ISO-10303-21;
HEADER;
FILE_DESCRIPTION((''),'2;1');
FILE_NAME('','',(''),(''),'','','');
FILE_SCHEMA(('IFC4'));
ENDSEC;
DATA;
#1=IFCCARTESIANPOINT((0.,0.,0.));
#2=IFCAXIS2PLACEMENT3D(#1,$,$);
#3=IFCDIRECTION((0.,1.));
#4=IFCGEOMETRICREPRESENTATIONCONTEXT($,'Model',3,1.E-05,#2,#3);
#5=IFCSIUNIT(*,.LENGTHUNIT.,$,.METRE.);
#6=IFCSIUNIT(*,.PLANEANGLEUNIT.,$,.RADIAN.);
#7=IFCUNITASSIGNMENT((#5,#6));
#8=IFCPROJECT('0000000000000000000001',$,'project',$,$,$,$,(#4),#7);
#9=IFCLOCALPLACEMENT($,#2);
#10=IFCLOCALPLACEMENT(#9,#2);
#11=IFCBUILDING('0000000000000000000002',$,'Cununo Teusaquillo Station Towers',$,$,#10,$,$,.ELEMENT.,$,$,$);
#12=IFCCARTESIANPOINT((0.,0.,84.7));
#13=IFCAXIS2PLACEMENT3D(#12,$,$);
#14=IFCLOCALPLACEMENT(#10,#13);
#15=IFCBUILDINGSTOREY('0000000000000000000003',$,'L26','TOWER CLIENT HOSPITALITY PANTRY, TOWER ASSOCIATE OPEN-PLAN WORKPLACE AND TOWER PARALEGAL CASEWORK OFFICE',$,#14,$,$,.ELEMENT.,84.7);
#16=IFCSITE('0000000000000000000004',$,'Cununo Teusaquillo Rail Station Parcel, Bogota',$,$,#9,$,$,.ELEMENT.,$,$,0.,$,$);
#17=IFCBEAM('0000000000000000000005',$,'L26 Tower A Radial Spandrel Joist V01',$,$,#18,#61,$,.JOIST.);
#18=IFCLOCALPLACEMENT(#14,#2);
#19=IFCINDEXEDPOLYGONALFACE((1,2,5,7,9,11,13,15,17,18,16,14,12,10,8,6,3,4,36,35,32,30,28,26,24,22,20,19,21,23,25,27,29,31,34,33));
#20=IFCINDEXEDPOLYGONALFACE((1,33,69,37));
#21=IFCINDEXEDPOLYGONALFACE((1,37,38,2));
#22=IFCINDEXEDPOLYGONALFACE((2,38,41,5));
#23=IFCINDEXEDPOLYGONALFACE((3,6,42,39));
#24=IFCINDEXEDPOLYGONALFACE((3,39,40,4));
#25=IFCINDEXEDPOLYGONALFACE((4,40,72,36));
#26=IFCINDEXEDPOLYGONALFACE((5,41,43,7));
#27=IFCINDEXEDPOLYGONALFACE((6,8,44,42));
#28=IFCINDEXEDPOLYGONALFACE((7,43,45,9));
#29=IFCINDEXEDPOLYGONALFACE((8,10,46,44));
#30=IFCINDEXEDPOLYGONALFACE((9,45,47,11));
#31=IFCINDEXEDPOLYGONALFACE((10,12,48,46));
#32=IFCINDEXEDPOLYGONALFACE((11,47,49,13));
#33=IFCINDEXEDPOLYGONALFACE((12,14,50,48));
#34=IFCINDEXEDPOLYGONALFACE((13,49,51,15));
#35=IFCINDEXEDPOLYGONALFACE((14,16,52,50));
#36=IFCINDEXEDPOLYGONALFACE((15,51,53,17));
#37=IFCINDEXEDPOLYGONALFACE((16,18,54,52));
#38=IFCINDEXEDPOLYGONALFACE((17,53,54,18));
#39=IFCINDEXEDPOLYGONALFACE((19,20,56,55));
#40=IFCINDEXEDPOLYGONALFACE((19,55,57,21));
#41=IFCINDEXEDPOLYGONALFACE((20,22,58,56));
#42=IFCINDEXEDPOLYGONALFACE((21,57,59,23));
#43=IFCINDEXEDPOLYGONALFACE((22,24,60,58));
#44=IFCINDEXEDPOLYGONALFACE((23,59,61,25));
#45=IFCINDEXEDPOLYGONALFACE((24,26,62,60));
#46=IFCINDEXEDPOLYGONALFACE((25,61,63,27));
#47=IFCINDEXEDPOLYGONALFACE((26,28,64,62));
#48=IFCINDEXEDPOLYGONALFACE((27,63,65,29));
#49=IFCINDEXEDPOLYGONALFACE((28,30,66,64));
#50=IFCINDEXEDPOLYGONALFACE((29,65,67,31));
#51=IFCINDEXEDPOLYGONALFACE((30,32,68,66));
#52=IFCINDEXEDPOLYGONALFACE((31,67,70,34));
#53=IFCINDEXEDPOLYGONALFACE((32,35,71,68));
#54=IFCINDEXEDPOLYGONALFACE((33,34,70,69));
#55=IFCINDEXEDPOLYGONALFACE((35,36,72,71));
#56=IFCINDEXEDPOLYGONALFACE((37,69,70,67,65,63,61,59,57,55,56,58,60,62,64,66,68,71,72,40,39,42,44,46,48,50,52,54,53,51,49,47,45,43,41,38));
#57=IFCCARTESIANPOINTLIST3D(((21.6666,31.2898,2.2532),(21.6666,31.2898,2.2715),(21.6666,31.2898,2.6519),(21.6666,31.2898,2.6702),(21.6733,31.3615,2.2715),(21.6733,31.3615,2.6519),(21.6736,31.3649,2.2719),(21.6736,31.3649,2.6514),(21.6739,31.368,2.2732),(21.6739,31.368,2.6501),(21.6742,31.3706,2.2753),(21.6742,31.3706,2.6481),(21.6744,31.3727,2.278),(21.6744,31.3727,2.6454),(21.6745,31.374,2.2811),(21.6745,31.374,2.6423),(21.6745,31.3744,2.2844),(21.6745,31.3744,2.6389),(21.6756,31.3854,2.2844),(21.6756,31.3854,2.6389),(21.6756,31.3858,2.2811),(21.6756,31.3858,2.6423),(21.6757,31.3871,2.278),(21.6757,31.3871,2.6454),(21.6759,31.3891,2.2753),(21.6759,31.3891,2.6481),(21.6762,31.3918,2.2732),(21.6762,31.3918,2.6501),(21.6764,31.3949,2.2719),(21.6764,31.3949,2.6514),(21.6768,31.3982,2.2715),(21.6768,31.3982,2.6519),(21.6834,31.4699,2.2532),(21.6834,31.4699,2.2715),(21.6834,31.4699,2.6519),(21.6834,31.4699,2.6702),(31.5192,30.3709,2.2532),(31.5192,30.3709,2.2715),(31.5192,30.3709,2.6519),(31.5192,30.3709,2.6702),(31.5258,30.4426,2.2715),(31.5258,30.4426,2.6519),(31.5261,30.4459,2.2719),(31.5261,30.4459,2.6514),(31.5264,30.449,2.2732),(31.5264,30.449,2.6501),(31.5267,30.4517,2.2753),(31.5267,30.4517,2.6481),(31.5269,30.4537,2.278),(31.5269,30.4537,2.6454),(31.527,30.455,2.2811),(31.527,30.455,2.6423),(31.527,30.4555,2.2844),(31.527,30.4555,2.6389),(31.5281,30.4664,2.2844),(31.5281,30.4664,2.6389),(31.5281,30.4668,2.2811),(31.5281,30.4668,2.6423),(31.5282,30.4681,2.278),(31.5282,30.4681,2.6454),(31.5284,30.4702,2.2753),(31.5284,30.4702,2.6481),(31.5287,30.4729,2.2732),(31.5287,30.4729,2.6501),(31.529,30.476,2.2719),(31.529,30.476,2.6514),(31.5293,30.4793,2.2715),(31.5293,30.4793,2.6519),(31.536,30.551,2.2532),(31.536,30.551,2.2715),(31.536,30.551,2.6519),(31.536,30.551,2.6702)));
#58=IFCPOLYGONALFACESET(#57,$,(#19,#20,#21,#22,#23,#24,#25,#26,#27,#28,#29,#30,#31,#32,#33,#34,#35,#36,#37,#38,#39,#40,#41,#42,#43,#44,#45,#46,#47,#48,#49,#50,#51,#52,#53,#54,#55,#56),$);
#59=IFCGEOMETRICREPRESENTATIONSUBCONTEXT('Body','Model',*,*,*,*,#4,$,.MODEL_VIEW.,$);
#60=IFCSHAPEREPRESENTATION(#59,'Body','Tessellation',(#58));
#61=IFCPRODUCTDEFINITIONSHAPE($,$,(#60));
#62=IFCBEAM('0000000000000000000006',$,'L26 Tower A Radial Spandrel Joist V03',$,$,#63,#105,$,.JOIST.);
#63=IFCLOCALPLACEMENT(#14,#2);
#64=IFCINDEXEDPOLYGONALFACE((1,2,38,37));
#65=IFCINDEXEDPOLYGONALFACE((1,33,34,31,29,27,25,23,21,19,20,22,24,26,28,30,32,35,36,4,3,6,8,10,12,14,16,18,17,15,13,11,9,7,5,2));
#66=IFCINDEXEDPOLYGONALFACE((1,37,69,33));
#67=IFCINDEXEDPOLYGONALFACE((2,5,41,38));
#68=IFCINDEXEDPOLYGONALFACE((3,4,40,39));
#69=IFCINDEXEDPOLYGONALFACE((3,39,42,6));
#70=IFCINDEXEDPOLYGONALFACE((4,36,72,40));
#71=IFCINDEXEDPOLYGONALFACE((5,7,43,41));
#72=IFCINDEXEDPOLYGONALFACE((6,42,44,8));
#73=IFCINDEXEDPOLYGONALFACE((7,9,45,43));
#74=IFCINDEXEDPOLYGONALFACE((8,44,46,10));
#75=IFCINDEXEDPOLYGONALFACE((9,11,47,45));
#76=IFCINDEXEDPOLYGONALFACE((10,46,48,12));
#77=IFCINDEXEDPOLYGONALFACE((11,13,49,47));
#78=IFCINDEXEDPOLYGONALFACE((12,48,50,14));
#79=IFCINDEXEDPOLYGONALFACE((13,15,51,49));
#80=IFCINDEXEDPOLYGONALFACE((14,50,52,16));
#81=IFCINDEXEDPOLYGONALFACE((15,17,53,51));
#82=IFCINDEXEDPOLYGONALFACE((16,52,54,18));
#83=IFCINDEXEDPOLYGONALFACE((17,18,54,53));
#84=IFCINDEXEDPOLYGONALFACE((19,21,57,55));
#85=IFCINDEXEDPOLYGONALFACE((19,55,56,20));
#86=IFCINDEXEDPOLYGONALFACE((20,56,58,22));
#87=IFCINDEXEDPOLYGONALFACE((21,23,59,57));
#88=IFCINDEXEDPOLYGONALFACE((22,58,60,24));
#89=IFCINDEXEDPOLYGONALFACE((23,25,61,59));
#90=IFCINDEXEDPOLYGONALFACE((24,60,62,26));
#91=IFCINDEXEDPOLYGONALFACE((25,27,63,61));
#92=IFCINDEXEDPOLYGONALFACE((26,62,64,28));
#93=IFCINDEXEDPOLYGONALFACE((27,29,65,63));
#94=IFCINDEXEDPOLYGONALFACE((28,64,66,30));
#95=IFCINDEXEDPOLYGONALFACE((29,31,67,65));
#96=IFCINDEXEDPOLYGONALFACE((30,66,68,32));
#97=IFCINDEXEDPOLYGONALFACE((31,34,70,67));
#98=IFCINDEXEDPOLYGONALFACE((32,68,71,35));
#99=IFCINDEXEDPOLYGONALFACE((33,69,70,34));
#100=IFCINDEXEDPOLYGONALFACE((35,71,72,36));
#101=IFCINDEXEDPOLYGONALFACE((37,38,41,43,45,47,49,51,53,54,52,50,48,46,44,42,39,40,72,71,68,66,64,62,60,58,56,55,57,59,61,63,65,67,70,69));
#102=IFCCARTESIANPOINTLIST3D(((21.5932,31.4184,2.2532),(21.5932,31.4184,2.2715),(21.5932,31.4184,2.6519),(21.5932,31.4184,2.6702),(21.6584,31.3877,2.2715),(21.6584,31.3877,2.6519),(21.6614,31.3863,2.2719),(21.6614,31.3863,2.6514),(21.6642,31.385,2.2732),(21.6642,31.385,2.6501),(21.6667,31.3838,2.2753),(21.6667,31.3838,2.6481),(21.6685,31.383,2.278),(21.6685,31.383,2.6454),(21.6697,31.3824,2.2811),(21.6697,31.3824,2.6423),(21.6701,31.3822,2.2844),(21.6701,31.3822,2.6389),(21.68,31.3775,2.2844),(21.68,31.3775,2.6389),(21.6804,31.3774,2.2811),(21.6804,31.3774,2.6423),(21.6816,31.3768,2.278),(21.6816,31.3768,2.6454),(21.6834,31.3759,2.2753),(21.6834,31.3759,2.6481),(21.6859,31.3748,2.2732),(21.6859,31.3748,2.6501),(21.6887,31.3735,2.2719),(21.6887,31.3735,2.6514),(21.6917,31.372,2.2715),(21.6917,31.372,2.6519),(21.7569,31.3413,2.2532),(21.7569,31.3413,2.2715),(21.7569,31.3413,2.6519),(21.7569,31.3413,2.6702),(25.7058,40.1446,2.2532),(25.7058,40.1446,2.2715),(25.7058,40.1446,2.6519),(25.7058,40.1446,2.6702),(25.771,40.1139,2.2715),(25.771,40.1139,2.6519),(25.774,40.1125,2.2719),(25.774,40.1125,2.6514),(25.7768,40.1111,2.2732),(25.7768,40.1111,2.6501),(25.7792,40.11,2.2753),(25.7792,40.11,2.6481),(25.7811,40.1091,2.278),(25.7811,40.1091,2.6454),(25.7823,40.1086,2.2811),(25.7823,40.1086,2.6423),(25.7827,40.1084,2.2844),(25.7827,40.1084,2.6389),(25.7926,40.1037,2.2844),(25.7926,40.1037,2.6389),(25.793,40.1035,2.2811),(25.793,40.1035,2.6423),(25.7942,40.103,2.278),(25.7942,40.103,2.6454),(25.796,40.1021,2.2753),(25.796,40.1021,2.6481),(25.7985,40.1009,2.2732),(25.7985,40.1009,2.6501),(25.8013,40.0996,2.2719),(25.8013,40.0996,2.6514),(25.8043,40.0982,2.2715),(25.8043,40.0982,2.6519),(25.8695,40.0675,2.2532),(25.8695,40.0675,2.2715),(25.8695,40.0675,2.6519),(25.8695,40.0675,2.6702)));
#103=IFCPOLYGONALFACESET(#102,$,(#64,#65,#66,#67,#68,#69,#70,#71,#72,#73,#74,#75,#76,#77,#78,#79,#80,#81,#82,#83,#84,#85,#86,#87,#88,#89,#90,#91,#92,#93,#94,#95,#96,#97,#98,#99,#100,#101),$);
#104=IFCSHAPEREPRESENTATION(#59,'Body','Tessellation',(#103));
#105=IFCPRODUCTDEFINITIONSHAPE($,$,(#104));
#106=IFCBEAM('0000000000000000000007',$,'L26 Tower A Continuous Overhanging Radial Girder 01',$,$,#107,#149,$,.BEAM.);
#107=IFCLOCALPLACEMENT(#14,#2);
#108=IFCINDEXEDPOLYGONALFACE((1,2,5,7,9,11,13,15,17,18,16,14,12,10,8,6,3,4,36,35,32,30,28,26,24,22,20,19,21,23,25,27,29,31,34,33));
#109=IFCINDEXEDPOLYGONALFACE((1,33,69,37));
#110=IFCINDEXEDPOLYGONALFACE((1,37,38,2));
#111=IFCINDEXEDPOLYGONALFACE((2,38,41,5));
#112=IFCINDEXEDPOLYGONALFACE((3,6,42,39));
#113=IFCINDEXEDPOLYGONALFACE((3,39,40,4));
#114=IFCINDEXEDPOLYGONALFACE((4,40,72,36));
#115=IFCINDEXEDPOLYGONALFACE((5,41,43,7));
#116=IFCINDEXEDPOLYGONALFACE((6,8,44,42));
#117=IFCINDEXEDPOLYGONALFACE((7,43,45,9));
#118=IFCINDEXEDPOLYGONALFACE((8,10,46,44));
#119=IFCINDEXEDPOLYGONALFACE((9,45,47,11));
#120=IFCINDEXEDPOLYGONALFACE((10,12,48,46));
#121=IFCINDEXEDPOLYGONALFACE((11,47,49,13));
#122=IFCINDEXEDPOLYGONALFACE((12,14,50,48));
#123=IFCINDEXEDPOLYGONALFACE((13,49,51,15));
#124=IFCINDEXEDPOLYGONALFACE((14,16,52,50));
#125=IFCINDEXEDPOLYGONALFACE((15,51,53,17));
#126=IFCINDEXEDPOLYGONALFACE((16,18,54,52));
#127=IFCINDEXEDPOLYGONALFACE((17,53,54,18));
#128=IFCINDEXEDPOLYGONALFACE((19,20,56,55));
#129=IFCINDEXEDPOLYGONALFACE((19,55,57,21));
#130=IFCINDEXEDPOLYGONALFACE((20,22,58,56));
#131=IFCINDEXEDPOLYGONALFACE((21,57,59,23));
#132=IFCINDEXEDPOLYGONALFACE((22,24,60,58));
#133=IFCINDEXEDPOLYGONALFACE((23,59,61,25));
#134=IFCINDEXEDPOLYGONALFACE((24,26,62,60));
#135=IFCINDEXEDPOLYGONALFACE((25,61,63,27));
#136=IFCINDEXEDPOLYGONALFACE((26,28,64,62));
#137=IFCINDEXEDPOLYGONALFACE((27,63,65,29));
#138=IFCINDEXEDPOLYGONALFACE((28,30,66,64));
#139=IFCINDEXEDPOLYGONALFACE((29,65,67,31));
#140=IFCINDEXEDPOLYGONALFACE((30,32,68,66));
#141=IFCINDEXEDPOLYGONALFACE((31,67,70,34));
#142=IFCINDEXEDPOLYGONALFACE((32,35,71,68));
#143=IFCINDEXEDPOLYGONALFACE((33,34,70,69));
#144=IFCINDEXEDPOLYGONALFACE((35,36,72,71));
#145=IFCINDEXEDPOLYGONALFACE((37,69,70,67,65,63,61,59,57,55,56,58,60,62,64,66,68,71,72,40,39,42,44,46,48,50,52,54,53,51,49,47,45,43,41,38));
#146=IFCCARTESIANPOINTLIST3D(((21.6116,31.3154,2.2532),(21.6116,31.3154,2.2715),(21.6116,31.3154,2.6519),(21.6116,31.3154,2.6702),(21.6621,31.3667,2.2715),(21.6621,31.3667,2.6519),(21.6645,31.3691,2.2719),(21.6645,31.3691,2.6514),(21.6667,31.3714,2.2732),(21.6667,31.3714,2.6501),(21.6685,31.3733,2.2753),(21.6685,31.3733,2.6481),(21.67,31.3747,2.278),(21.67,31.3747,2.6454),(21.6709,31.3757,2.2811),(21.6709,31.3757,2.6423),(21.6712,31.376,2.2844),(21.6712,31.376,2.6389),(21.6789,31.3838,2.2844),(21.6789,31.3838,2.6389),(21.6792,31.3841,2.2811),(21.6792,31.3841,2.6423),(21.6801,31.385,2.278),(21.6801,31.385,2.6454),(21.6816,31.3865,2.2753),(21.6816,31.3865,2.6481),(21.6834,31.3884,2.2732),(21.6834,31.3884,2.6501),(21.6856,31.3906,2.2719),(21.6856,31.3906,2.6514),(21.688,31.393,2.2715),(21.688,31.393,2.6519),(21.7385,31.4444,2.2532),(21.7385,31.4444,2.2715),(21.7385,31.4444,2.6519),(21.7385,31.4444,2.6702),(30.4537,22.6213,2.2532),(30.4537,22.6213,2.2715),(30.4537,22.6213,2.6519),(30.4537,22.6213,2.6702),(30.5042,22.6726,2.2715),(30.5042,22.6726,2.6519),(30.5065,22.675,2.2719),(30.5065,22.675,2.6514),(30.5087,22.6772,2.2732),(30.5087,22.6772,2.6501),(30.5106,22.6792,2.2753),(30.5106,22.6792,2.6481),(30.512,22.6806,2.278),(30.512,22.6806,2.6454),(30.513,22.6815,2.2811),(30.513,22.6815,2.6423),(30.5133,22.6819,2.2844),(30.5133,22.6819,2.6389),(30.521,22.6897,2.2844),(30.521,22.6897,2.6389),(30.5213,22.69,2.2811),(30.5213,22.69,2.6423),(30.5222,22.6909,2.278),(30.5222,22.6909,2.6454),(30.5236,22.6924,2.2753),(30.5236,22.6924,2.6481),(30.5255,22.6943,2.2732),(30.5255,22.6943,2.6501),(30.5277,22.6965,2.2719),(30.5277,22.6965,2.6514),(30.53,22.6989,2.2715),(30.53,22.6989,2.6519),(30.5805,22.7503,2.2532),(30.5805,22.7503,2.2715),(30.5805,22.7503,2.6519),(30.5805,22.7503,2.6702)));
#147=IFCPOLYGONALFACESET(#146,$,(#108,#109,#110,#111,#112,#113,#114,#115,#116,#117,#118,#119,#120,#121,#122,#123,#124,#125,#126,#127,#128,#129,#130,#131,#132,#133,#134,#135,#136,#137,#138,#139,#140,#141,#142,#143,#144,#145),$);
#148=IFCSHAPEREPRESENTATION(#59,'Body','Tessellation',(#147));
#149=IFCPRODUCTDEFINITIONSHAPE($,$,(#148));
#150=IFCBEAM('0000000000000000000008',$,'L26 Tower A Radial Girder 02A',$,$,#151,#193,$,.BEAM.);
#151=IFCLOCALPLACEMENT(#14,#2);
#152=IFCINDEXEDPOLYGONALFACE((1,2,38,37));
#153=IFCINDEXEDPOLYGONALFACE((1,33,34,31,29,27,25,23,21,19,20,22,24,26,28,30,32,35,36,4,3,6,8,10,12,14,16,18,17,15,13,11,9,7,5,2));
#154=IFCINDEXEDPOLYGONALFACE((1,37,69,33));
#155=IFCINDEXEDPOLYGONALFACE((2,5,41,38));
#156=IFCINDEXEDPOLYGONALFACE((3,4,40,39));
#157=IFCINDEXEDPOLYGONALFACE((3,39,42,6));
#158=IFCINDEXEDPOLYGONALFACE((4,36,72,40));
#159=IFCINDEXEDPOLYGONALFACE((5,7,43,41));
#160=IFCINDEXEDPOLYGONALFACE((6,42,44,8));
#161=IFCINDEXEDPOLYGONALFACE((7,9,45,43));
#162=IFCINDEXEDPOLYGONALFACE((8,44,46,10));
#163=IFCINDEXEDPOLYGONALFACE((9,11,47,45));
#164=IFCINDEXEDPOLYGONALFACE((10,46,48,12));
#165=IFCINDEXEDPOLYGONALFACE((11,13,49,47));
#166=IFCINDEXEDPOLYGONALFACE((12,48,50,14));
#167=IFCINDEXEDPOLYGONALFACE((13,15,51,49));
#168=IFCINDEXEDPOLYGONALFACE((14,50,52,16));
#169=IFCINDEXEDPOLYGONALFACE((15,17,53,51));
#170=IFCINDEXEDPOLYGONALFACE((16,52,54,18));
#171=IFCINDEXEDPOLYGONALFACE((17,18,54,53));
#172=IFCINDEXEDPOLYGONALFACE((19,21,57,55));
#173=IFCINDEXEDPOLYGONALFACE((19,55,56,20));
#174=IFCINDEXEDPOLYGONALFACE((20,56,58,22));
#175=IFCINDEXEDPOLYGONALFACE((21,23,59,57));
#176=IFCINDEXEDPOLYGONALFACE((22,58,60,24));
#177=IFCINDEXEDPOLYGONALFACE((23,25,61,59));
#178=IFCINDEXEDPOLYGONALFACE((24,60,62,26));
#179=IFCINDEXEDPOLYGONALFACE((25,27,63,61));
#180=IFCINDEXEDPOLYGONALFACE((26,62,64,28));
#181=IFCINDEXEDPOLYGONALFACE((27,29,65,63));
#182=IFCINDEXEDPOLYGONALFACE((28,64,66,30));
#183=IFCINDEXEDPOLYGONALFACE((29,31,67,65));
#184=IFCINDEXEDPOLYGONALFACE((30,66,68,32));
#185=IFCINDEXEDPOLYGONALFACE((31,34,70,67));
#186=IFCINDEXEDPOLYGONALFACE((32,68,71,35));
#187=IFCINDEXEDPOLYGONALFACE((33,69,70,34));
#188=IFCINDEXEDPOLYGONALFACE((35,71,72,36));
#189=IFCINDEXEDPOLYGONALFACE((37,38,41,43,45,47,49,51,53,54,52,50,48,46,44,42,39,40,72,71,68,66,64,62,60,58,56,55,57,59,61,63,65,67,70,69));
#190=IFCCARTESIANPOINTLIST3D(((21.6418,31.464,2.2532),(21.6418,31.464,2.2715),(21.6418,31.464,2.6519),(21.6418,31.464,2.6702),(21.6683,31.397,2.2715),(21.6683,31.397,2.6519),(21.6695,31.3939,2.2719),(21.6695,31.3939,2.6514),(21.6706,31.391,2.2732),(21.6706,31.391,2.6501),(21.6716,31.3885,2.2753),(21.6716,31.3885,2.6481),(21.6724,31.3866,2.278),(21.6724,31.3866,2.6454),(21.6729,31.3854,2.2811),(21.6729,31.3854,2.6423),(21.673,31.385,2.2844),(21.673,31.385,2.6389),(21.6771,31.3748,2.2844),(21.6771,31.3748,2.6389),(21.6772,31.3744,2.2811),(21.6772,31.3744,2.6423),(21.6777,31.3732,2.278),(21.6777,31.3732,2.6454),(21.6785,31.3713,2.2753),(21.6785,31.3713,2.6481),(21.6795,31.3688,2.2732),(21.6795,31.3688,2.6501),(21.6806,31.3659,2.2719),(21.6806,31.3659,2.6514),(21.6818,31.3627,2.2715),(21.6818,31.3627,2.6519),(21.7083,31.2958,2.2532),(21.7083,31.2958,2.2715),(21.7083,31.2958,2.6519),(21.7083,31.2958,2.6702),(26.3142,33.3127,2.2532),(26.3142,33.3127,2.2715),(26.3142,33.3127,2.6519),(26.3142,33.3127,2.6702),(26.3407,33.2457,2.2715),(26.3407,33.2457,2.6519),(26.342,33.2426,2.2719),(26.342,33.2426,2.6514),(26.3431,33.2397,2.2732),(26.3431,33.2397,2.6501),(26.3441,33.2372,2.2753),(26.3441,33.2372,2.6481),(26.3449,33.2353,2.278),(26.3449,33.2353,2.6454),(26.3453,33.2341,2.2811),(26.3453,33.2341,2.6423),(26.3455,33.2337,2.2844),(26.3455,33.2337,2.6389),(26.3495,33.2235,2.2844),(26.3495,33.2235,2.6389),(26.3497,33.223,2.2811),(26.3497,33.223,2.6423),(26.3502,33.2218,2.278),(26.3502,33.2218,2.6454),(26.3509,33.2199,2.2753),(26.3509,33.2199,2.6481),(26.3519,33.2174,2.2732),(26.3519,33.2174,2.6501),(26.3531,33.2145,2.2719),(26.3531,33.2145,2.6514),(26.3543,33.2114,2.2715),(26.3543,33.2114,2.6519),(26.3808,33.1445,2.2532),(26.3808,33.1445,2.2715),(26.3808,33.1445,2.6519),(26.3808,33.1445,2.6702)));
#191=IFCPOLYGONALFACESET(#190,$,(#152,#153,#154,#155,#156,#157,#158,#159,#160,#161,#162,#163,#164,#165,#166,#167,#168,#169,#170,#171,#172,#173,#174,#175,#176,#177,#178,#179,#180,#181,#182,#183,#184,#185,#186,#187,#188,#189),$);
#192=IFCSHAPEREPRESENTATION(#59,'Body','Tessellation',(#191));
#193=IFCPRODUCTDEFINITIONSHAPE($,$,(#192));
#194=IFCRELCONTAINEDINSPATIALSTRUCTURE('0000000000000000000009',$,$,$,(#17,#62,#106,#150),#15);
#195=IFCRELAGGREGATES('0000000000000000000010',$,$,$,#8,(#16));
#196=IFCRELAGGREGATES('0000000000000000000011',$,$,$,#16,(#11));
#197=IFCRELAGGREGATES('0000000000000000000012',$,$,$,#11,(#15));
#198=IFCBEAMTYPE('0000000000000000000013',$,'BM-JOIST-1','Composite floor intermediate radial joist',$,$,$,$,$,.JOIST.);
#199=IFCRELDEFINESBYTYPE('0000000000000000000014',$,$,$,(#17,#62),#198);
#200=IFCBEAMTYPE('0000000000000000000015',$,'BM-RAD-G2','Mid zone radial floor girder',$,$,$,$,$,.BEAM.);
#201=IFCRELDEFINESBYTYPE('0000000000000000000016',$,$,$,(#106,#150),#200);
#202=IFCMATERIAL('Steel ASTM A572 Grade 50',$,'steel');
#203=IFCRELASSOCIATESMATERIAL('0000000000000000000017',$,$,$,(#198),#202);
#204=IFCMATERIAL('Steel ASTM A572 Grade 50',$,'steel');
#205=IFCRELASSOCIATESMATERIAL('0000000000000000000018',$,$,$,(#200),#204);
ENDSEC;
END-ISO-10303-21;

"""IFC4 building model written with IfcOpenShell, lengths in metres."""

from ifc_helpers import new_model, si_unit, direction, frame, origin, origin_2d, place, context, subcontext, project, spatial, i_section, extrude, material, material_profile, profile_set, type_object, element, save


model = new_model("IFC4")

# Units and contexts
model_context = context("Model", 3, precision=1e-05, world=origin(), true_north=direction((0.0, 1.0)))
body_context = subcontext(model_context, "Body", "Model", "MODEL_VIEW")
ifc_project = project(units=[si_unit("LENGTHUNIT", "METRE"), si_unit("PLANEANGLEUNIT", "RADIAN")], contexts=[model_context])

# Site, building, storey
site_placement = place(None, origin())
site = spatial("IfcSite", under=ifc_project, at=site_placement, Name="Cununo Teusaquillo Rail Station Parcel, Bogota", CompositionType="ELEMENT", RefElevation=0.0)
building_placement = place(site_placement, origin())
building = spatial("IfcBuilding", under=site, at=building_placement, Name="Cununo Teusaquillo Station Towers", CompositionType="ELEMENT")
storey_placement = place(building_placement, frame((0.0, 0.0, 84.7)))
storey = spatial("IfcBuildingStorey", under=building, at=storey_placement, Name="L26", Description="TOWER CLIENT HOSPITALITY PANTRY, TOWER ASSOCIATE OPEN-PLAN WORKPLACE AND TOWER PARALEGAL CASEWORK OFFICE", CompositionType="ELEMENT", Elevation=84.7)

# Beams
ifc_material_1 = material(Name="Steel ASTM A572 Grade 50", Category="steel")
ifc_material_profile_1 = material_profile(ifc_material_1, i_section(OverallWidth=0.1809, OverallDepth=0.417, WebThickness=0.011, FlangeThickness=0.0183, FilletRadius=0.0129, at=origin_2d()), Name="W16X57")
ifc_profile_set_1 = profile_set([ifc_material_profile_1], Name="Steel ASTM A572 Grade 50")
beam_type_1 = type_object("IfcBeamType", Name="BM-JOIST-1", Description="Composite floor intermediate radial joist", PredefinedType="JOIST", material=ifc_profile_set_1)
beam_1_placement = place(storey_placement, frame((21.675, 31.3799, 2.4617), z_axis=(0.995679, -0.092867, 0.0), x_axis=(0.092867, 0.995679, 0.0)))
element("IfcBeam", 1, at=beam_1_placement, inside=storey, type_object=beam_type_1, Name="L26 Tower A Radial Spandrel Joist V01", PredefinedType="JOIST", context=body_context, shape_type="SweptSolid", body=[
    extrude(i_section(OverallWidth=0.1809, OverallDepth=0.417, WebThickness=0.011, FlangeThickness=0.0183, FilletRadius=0.0129, at=origin_2d()), origin(), (0.0, 0.0, 1.0), 9.8953),
])
beam_2_placement = place(storey_placement, frame((21.675, 31.3799, 2.4617), z_axis=(0.42632, 0.904572, 0.0), x_axis=(-0.904572, 0.42632, 0.0)))
element("IfcBeam", 2, at=beam_2_placement, inside=storey, type_object=beam_type_1, Name="L26 Tower A Radial Spandrel Joist V03", PredefinedType="JOIST", context=body_context, shape_type="SweptSolid", body=[
    extrude(i_section(OverallWidth=0.1809, OverallDepth=0.417, WebThickness=0.011, FlangeThickness=0.0183, FilletRadius=0.0129, at=origin_2d()), origin(), (0.0, 0.0, 1.0), 9.6467),
])
ifc_material_2 = material(Name="Steel ASTM A572 Grade 50", Category="steel")
ifc_material_profile_2 = material_profile(ifc_material_2, i_section(OverallWidth=0.1809, OverallDepth=0.417, WebThickness=0.011, FlangeThickness=0.0183, FilletRadius=0.0129, at=origin_2d()), Name="W16X57")
ifc_profile_set_2 = profile_set([ifc_material_profile_2], Name="Steel ASTM A572 Grade 50")
beam_type_2 = type_object("IfcBeamType", Name="BM-RAD-G2", Description="Mid zone radial floor girder", PredefinedType="BEAM", material=ifc_profile_set_2)
beam_3_placement = place(storey_placement, frame((21.675, 31.3799, 2.4617), z_axis=(0.713047, -0.701116, 0.0), x_axis=(0.701116, 0.713047, 0.0)))
element("IfcBeam", 3, at=beam_3_placement, inside=storey, type_object=beam_type_2, Name="L26 Tower A Continuous Overhanging Radial Girder 01", PredefinedType="BEAM", context=body_context, shape_type="SweptSolid", body=[
    extrude(i_section(OverallWidth=0.1809, OverallDepth=0.417, WebThickness=0.011, FlangeThickness=0.0183, FilletRadius=0.0129, at=origin_2d()), origin(), (0.0, 0.0, 1.0), 12.4004),
])
beam_4_placement = place(storey_placement, frame((21.675, 31.3799, 2.4617), z_axis=(0.929864, 0.367903, 0.0), x_axis=(-0.367903, 0.929864, 0.0)))
element("IfcBeam", 4, at=beam_4_placement, inside=storey, type_object=beam_type_2, Name="L26 Tower A Radial Girder 02A", PredefinedType="BEAM", context=body_context, shape_type="SweptSolid", body=[
    extrude(i_section(OverallWidth=0.1809, OverallDepth=0.417, WebThickness=0.011, FlangeThickness=0.0183, FilletRadius=0.0129, at=origin_2d()), origin(), (0.0, 0.0, 1.0), 5.0249),
])

save(model, "model.ifc")
